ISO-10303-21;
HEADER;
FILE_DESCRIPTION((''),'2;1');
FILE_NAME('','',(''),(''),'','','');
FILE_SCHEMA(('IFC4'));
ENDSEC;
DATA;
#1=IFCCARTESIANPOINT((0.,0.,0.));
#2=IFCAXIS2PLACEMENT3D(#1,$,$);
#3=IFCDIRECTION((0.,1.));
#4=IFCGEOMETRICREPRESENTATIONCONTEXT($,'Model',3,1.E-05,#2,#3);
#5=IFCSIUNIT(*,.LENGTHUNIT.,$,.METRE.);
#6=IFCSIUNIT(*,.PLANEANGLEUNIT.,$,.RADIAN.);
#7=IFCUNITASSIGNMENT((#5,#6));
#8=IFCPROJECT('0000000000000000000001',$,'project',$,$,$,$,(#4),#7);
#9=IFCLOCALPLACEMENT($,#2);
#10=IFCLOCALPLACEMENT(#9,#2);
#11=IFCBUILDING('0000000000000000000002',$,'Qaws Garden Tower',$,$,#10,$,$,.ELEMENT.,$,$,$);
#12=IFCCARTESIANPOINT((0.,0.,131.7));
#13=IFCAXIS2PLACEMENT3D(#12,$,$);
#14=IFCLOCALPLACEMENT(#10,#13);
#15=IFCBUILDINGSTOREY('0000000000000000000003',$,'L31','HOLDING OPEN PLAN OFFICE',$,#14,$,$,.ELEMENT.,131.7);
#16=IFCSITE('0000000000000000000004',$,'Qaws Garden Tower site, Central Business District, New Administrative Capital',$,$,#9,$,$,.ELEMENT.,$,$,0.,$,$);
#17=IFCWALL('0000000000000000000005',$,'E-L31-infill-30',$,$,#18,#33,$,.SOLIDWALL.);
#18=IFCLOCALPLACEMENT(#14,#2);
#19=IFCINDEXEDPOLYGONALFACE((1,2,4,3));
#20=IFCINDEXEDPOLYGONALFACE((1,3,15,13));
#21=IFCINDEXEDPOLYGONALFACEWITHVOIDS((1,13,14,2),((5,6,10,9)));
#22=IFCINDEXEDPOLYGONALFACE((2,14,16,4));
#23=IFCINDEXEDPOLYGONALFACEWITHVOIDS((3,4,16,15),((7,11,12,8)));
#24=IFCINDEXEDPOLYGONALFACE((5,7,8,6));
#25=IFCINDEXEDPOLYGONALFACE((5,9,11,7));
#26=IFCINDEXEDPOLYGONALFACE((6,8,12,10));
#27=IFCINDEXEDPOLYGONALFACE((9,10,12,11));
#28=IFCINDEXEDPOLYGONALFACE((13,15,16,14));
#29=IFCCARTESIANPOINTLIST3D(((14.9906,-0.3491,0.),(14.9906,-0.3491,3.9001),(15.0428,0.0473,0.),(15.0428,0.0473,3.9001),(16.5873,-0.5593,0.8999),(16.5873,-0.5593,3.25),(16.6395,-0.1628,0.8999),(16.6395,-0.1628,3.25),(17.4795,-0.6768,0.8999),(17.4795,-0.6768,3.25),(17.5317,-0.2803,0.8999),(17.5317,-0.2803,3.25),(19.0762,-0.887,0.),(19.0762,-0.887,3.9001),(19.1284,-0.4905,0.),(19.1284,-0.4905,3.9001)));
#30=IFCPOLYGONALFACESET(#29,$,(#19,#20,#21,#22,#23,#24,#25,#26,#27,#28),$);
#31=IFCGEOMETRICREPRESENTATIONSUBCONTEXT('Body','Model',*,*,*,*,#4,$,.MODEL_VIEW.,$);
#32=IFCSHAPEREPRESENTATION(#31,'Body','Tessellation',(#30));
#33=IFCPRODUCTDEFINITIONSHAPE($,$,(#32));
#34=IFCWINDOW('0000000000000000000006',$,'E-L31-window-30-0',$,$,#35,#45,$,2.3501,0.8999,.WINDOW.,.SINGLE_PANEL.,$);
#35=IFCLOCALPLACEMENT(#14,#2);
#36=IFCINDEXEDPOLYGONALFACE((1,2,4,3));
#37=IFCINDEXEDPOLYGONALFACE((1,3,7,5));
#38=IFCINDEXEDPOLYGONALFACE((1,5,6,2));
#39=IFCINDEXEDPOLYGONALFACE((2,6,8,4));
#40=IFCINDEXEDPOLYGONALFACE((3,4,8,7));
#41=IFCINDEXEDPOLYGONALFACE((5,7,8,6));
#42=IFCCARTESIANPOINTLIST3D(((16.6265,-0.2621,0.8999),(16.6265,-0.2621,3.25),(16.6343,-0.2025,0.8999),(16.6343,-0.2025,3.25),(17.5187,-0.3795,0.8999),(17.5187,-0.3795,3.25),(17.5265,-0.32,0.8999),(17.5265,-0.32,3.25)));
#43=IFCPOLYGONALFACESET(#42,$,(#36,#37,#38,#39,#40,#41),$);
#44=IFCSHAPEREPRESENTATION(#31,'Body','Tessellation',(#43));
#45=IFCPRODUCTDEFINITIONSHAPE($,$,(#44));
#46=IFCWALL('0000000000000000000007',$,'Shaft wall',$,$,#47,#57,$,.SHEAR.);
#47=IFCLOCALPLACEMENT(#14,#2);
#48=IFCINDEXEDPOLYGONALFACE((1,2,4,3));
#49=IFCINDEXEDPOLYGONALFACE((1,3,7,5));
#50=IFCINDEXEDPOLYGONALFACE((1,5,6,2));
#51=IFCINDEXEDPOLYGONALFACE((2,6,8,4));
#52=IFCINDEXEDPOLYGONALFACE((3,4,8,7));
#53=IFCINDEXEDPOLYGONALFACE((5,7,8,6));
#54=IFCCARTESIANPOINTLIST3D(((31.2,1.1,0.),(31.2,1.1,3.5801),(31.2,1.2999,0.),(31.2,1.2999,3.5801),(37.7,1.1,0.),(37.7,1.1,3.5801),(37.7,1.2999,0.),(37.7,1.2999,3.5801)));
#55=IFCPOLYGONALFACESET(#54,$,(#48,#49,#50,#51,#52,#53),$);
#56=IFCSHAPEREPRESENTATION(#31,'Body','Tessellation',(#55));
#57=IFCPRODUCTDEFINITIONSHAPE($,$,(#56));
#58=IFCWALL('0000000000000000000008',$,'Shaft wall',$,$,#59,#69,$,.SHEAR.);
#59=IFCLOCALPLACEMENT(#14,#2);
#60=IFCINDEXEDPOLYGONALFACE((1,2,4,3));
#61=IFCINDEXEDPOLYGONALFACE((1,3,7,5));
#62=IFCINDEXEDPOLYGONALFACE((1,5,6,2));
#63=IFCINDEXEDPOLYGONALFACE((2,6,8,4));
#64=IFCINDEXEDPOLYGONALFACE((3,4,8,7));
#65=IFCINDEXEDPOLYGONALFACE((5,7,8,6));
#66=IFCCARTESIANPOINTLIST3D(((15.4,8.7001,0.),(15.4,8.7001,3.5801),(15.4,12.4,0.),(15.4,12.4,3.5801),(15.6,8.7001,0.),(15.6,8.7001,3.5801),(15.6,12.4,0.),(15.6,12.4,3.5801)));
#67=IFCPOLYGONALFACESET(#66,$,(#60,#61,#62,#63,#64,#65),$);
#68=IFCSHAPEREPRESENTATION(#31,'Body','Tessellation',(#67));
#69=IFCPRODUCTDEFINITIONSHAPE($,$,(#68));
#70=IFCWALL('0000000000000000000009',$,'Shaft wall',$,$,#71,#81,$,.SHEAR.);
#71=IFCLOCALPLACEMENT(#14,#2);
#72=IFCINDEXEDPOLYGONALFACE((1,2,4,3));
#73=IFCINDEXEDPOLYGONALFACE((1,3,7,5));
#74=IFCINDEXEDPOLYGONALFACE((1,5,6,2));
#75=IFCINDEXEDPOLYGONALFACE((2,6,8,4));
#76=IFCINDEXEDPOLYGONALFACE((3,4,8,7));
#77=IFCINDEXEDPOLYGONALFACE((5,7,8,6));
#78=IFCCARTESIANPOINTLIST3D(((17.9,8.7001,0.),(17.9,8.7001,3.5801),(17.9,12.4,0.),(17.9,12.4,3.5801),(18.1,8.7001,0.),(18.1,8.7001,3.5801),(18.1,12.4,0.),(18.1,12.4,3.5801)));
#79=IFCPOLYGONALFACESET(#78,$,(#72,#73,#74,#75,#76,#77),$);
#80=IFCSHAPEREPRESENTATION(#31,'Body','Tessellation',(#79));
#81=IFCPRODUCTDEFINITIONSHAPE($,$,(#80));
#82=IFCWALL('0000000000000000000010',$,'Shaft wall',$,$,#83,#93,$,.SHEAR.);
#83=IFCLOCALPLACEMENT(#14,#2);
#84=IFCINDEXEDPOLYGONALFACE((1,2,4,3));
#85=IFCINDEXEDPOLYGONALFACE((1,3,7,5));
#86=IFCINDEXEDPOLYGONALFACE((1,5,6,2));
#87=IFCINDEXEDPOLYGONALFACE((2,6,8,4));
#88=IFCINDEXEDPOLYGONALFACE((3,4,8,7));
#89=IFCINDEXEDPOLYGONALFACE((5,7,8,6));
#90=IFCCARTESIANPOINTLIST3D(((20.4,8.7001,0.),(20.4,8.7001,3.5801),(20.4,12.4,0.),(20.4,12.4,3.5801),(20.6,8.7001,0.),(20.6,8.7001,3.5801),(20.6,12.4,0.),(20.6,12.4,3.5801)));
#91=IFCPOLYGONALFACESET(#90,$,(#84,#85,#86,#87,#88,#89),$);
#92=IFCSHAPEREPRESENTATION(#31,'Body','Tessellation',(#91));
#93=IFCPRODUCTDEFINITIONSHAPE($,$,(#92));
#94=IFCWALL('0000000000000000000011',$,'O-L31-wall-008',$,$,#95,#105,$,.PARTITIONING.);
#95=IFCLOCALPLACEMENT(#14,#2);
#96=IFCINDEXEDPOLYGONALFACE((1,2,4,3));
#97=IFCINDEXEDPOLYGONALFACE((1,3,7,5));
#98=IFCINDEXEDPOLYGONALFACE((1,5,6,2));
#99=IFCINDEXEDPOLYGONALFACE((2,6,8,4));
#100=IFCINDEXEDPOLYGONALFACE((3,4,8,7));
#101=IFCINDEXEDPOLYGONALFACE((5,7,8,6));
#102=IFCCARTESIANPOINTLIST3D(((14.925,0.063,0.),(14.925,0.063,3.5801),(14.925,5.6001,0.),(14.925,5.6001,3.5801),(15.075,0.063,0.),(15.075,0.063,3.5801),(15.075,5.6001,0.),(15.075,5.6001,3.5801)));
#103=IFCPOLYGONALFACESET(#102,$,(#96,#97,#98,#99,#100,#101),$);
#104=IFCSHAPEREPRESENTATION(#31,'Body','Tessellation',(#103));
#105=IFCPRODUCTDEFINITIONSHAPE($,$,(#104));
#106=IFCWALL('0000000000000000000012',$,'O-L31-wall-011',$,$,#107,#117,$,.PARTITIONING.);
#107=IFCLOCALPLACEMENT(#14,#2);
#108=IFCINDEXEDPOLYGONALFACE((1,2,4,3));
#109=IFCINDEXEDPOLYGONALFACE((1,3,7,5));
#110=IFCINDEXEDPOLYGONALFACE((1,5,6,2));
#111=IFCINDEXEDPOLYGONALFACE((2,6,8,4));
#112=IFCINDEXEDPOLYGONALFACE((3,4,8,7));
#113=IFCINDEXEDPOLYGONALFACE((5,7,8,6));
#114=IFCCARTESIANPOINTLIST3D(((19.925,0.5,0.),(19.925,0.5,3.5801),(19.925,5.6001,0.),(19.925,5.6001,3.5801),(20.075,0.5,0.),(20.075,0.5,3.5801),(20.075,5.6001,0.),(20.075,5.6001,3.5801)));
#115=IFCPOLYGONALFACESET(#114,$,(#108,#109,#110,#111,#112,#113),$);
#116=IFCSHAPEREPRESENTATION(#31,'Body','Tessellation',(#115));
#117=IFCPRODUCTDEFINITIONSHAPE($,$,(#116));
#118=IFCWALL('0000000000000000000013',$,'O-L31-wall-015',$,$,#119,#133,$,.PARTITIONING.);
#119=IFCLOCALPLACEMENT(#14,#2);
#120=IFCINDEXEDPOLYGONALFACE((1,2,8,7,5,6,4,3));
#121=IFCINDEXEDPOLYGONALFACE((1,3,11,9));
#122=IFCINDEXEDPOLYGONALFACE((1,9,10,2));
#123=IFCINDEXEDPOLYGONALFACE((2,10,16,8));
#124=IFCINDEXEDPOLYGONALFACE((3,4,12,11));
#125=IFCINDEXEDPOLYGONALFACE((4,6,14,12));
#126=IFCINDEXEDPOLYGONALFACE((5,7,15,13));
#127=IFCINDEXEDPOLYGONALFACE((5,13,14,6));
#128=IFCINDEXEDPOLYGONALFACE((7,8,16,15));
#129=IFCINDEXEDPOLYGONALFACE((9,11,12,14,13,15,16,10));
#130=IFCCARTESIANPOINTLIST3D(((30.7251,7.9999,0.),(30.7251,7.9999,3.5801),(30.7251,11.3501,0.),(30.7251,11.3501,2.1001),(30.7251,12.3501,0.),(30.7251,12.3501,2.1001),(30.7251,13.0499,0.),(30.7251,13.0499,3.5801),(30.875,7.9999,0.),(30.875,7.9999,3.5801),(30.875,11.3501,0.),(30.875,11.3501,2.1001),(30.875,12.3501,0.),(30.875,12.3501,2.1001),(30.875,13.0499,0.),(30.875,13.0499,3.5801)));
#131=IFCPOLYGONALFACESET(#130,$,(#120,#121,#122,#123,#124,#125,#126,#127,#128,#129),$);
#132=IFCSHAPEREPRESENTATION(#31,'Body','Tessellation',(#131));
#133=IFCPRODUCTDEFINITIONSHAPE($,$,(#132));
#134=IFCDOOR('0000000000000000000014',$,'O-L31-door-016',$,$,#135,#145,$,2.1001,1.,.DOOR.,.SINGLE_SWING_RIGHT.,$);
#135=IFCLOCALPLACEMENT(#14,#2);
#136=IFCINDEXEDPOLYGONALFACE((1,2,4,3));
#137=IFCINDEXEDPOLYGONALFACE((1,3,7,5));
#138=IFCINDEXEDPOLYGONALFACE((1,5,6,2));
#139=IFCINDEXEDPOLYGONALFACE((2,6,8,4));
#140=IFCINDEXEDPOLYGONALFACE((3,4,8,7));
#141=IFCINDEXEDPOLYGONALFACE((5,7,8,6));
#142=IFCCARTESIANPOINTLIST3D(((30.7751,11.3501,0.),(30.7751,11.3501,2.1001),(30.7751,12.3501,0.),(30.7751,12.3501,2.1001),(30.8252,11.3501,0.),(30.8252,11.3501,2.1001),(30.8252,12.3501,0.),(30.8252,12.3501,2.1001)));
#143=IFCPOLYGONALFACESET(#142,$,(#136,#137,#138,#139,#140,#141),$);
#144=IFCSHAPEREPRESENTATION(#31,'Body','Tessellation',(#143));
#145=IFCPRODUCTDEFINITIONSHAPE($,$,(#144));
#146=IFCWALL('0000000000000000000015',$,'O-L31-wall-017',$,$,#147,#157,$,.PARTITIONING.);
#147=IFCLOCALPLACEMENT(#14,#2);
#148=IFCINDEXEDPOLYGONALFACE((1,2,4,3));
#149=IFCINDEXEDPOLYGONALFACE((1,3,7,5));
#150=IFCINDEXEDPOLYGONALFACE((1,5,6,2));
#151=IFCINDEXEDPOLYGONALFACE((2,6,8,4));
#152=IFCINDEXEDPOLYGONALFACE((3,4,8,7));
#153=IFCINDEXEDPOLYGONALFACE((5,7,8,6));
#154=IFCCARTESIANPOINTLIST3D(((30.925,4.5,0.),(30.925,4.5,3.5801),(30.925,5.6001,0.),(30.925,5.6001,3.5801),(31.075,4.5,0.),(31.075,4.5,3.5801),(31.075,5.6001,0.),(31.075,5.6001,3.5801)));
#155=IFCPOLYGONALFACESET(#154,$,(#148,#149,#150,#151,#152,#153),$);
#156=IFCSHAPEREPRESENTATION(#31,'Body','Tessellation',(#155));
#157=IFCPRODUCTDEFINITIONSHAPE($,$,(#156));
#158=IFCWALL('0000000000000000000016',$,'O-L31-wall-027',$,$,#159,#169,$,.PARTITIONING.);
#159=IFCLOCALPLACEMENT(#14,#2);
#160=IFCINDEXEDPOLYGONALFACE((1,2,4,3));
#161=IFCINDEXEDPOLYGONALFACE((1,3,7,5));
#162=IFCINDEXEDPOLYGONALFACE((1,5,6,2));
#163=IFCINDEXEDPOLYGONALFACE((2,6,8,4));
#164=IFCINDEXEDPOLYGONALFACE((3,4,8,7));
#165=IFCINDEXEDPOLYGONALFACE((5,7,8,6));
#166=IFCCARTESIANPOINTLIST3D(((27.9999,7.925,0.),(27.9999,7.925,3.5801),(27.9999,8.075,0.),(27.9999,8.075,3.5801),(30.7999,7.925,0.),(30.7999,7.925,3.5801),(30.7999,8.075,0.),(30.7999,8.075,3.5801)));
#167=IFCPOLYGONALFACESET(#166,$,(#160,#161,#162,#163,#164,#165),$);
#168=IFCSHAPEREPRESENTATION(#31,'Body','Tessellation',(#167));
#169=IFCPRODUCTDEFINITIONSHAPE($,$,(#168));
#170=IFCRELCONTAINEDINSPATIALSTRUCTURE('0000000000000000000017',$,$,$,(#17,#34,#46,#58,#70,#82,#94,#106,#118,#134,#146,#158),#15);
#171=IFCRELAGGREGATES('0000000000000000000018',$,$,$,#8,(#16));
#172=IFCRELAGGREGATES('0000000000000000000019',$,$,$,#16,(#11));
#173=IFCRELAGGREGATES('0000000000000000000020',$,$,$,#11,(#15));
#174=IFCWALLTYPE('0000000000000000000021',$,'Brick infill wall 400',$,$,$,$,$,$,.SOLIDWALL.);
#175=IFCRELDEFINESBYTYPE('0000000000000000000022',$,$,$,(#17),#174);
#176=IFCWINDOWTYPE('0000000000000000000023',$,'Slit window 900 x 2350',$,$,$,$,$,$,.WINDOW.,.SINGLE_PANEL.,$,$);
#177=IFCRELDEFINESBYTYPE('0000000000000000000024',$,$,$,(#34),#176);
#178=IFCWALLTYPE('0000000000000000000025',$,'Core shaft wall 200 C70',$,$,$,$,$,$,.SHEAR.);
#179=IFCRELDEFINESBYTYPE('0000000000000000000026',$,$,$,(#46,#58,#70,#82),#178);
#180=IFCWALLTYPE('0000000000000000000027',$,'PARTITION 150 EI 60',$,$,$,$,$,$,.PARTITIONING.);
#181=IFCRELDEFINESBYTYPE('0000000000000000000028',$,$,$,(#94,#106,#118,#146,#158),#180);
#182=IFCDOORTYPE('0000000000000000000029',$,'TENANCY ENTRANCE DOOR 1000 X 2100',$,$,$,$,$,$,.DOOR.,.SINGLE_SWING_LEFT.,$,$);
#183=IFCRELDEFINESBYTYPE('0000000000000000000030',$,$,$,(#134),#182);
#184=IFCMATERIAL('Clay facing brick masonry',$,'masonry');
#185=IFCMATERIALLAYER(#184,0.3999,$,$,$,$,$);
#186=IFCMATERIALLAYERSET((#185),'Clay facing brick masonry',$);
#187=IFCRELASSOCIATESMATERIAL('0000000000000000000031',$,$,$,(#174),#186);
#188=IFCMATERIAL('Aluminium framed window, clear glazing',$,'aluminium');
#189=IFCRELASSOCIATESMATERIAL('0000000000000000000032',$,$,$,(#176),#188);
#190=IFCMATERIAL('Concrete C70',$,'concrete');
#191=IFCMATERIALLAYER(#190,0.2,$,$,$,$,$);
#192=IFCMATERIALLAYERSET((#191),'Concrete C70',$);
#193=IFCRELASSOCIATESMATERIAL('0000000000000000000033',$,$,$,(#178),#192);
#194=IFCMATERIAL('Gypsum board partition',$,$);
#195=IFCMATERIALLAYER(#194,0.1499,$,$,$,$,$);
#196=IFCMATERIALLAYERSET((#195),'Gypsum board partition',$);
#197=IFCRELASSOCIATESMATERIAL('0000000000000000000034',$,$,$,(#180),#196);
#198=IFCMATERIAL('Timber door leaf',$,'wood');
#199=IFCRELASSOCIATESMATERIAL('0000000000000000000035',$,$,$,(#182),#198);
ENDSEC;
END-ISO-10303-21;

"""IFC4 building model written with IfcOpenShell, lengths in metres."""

from ifc_helpers import new_model, si_unit, direction, frame, frame_2d, origin, place, context, subcontext, project, spatial, rectangle, extrude, material, layer, layer_set, type_object, element, fill, save


model = new_model("IFC4")

# Units and contexts
model_context = context("Model", 3, precision=1e-05, world=origin(), true_north=direction((0.0, 1.0)))
body_context = subcontext(model_context, "Body", "Model", "MODEL_VIEW")
ifc_project = project(units=[si_unit("LENGTHUNIT", "METRE"), si_unit("PLANEANGLEUNIT", "RADIAN")], contexts=[model_context])

# Site, building, storey
site_placement = place(None, origin())
site = spatial("IfcSite", under=ifc_project, at=site_placement, Name="Qaws Garden Tower site, Central Business District, New Administrative Capital", CompositionType="ELEMENT", RefElevation=0.0)
building_placement = place(site_placement, origin())
building = spatial("IfcBuilding", under=site, at=building_placement, Name="Qaws Garden Tower", CompositionType="ELEMENT")
storey_placement = place(building_placement, frame((0.0, 0.0, 131.7)))
storey = spatial("IfcBuildingStorey", under=building, at=storey_placement, Name="L31", Description="HOLDING OPEN PLAN OFFICE", CompositionType="ELEMENT", Elevation=131.7)

# Shared definitions
ifc_material_1 = material(Name="Clay facing brick masonry", Category="masonry")
ifc_layer_1 = layer(ifc_material_1, 0.3999)
ifc_layer_set_1 = layer_set([ifc_layer_1], Name="Clay facing brick masonry")
wall_type_1 = type_object("IfcWallType", Name="Brick infill wall 400", PredefinedType="SOLIDWALL", material=ifc_layer_set_1)
ifc_material_2 = material(Name="Aluminium framed window, clear glazing", Category="aluminium")
window_type = type_object("IfcWindowType", Name="Slit window 900 x 2350", PartitioningType="SINGLE_PANEL", PredefinedType="WINDOW", material=ifc_material_2)

# Wall, opening, window
wall_1_placement = place(storey_placement, frame((15.0166, -0.1509, 0.0), z_axis=(0.0, 0.0, 1.0), x_axis=(0.991446, -0.130514, 0.0)))
wall_1 = element("IfcWall", 1, at=wall_1_placement, inside=storey, type_object=wall_type_1, Name="E-L31-infill-30", PredefinedType="SOLIDWALL", context=body_context, shape_type="SweptSolid", body=[
    extrude(rectangle(XDim=4.1208, YDim=0.3999, at=frame_2d((2.0605, 0.0))), origin(), (0.0, 0.0, 1.0), 3.9001),
])
opening_1_placement = place(wall_1_placement, frame((1.6106, 0.0, 0.8999)))
opening_1 = element("IfcOpeningElement", 2, at=opening_1_placement, cuts=wall_1, PredefinedType="OPENING", context=body_context, shape_type="SweptSolid", body=[
    extrude(rectangle(XDim=0.8999, YDim=2.3501, at=frame_2d((0.45, 1.175))), frame((0.0, 0.21, 0.0), z_axis=(0.0, -1.0, 0.0), x_axis=(1.0, 0.0, 0.0)), (0.0, 0.0, 1.0), 0.4199),
])
window_1_placement = place(opening_1_placement, origin())
window_1 = element("IfcWindow", 3, at=window_1_placement, inside=storey, type_object=window_type, Name="E-L31-window-30-0", OverallHeight=2.3501, OverallWidth=0.8999, PartitioningType="SINGLE_PANEL", PredefinedType="WINDOW", context=body_context, shape_type="SweptSolid", body=[
    extrude(rectangle(XDim=0.8999, YDim=2.3501, at=frame_2d((0.45, 1.175))), frame((0.0, 0.1599, 0.0), z_axis=(0.0, -1.0, 0.0), x_axis=(1.0, 0.0, 0.0)), (0.0, 0.0, 1.0), 0.0601),
])
fill(opening_1, window_1)

# Walls
ifc_material_3 = material(Name="Concrete C70", Category="concrete")
ifc_layer_2 = layer(ifc_material_3, 0.2)
ifc_layer_set_2 = layer_set([ifc_layer_2], Name="Concrete C70")
wall_type_2 = type_object("IfcWallType", Name="Core shaft wall 200 C70", PredefinedType="SHEAR", material=ifc_layer_set_2)
wall_2_placement = place(storey_placement, frame((31.2, 1.2, 0.0), z_axis=(0.0, 0.0, 1.0), x_axis=(1.0, 0.0, 0.0)))
element("IfcWall", 4, at=wall_2_placement, inside=storey, type_object=wall_type_2, Name="Shaft wall", PredefinedType="SHEAR", context=body_context, shape_type="SweptSolid", body=[
    extrude(rectangle(XDim=6.5, YDim=0.2, at=frame_2d((3.25, 0.0))), origin(), (0.0, 0.0, 1.0), 3.5801),
])
for number, where, z_axis, x_axis, name in (
    (5, (15.5, 8.7, 0.0), (0.0, 0.0, 1.0), (0.0, 1.0, 0.0), "Shaft wall"),
    (6, (18.0, 8.7, 0.0), (0.0, 0.0, 1.0), (0.0, 1.0, 0.0), "Shaft wall"),
    (7, (20.5, 8.7, 0.0), (0.0, 0.0, 1.0), (0.0, 1.0, 0.0), "Shaft wall"),
):
    element("IfcWall", number, at=place(storey_placement, frame(where, z_axis=z_axis, x_axis=x_axis)), inside=storey, type_object=wall_type_2, Name=name, PredefinedType="SHEAR", context=body_context, shape_type="SweptSolid", body=[
        extrude(rectangle(XDim=3.7, YDim=0.2, at=frame_2d((1.8501, 0.0))), origin(), (0.0, 0.0, 1.0), 3.5801),
    ])
ifc_material_4 = material(Name="Gypsum board partition")
ifc_layer_3 = layer(ifc_material_4, 0.1499)
ifc_layer_set_3 = layer_set([ifc_layer_3], Name="Gypsum board partition")
wall_type_3 = type_object("IfcWallType", Name="PARTITION 150 EI 60", PredefinedType="PARTITIONING", material=ifc_layer_set_3)
wall_3_placement = place(storey_placement, frame((15.0, 0.063, 0.0), z_axis=(0.0, 0.0, 1.0), x_axis=(0.0, 1.0, 0.0)))
element("IfcWall", 8, at=wall_3_placement, inside=storey, type_object=wall_type_3, Name="O-L31-wall-008", PredefinedType="PARTITIONING", context=body_context, shape_type="SweptSolid", body=[
    extrude(rectangle(XDim=5.5371, YDim=0.1499, at=frame_2d((2.7686, 0.0))), origin(), (0.0, 0.0, 1.0), 3.5801),
])
wall_4_placement = place(storey_placement, frame((20.0, 0.5, 0.0), z_axis=(0.0, 0.0, 1.0), x_axis=(0.0, 1.0, 0.0)))
element("IfcWall", 9, at=wall_4_placement, inside=storey, type_object=wall_type_3, Name="O-L31-wall-011", PredefinedType="PARTITIONING", context=body_context, shape_type="SweptSolid", body=[
    extrude(rectangle(XDim=5.1001, YDim=0.1499, at=frame_2d((2.55, 0.0))), origin(), (0.0, 0.0, 1.0), 3.5801),
])

# Wall, opening, door
wall_5_placement = place(storey_placement, frame((30.8, 8.0, 0.0), z_axis=(0.0, 0.0, 1.0), x_axis=(0.0, 1.0, 0.0)))
wall_5 = element("IfcWall", 10, at=wall_5_placement, inside=storey, type_object=wall_type_3, Name="O-L31-wall-015", PredefinedType="PARTITIONING", context=body_context, shape_type="SweptSolid", body=[
    extrude(rectangle(XDim=5.05, YDim=0.1499, at=frame_2d((2.5249, 0.0))), origin(), (0.0, 0.0, 1.0), 3.5801),
])
opening_2_placement = place(wall_5_placement, frame((3.3501, 0.0, 0.0)))
opening_2 = element("IfcOpeningElement", 11, at=opening_2_placement, cuts=wall_5, PredefinedType="OPENING", context=body_context, shape_type="SweptSolid", body=[
    extrude(rectangle(XDim=1.0, YDim=2.1001, at=frame_2d((0.5, 1.05))), frame((0.0, 0.085, 0.0), z_axis=(0.0, -1.0, 0.0), x_axis=(1.0, 0.0, 0.0)), (0.0, 0.0, 1.0), 0.1699),
])
ifc_material_5 = material(Name="Timber door leaf", Category="wood")
door_type = type_object("IfcDoorType", Name="TENANCY ENTRANCE DOOR 1000 X 2100", OperationType="SINGLE_SWING_LEFT", PredefinedType="DOOR", material=ifc_material_5)
door_placement = place(opening_2_placement, origin())
door = element("IfcDoor", 12, at=door_placement, inside=storey, type_object=door_type, Name="O-L31-door-016", OperationType="SINGLE_SWING_RIGHT", OverallHeight=2.1001, OverallWidth=1.0, PredefinedType="DOOR", context=body_context, shape_type="SweptSolid", body=[
    extrude(rectangle(XDim=1.0, YDim=2.1001, at=frame_2d((0.5, 1.05))), frame((0.0, 0.0249, 0.0), z_axis=(0.0, -1.0, 0.0), x_axis=(1.0, 0.0, 0.0)), (0.0, 0.0, 1.0), 0.05),
])
fill(opening_2, door)

# Walls
wall_6_placement = place(storey_placement, frame((31.0, 4.5, 0.0), z_axis=(0.0, 0.0, 1.0), x_axis=(0.0, 1.0, 0.0)))
element("IfcWall", 13, at=wall_6_placement, inside=storey, type_object=wall_type_3, Name="O-L31-wall-017", PredefinedType="PARTITIONING", context=body_context, shape_type="SweptSolid", body=[
    extrude(rectangle(XDim=1.1001, YDim=0.1499, at=frame_2d((0.55, 0.0))), origin(), (0.0, 0.0, 1.0), 3.5801),
])
wall_7_placement = place(storey_placement, frame((28.0, 8.0, 0.0), z_axis=(0.0, 0.0, 1.0), x_axis=(1.0, 0.0, 0.0)))
element("IfcWall", 14, at=wall_7_placement, inside=storey, type_object=wall_type_3, Name="O-L31-wall-027", PredefinedType="PARTITIONING", context=body_context, shape_type="SweptSolid", body=[
    extrude(rectangle(XDim=2.8, YDim=0.1499, at=frame_2d((1.3999, 0.0))), origin(), (0.0, 0.0, 1.0), 3.5801),
])

save(model, "model.ifc")
